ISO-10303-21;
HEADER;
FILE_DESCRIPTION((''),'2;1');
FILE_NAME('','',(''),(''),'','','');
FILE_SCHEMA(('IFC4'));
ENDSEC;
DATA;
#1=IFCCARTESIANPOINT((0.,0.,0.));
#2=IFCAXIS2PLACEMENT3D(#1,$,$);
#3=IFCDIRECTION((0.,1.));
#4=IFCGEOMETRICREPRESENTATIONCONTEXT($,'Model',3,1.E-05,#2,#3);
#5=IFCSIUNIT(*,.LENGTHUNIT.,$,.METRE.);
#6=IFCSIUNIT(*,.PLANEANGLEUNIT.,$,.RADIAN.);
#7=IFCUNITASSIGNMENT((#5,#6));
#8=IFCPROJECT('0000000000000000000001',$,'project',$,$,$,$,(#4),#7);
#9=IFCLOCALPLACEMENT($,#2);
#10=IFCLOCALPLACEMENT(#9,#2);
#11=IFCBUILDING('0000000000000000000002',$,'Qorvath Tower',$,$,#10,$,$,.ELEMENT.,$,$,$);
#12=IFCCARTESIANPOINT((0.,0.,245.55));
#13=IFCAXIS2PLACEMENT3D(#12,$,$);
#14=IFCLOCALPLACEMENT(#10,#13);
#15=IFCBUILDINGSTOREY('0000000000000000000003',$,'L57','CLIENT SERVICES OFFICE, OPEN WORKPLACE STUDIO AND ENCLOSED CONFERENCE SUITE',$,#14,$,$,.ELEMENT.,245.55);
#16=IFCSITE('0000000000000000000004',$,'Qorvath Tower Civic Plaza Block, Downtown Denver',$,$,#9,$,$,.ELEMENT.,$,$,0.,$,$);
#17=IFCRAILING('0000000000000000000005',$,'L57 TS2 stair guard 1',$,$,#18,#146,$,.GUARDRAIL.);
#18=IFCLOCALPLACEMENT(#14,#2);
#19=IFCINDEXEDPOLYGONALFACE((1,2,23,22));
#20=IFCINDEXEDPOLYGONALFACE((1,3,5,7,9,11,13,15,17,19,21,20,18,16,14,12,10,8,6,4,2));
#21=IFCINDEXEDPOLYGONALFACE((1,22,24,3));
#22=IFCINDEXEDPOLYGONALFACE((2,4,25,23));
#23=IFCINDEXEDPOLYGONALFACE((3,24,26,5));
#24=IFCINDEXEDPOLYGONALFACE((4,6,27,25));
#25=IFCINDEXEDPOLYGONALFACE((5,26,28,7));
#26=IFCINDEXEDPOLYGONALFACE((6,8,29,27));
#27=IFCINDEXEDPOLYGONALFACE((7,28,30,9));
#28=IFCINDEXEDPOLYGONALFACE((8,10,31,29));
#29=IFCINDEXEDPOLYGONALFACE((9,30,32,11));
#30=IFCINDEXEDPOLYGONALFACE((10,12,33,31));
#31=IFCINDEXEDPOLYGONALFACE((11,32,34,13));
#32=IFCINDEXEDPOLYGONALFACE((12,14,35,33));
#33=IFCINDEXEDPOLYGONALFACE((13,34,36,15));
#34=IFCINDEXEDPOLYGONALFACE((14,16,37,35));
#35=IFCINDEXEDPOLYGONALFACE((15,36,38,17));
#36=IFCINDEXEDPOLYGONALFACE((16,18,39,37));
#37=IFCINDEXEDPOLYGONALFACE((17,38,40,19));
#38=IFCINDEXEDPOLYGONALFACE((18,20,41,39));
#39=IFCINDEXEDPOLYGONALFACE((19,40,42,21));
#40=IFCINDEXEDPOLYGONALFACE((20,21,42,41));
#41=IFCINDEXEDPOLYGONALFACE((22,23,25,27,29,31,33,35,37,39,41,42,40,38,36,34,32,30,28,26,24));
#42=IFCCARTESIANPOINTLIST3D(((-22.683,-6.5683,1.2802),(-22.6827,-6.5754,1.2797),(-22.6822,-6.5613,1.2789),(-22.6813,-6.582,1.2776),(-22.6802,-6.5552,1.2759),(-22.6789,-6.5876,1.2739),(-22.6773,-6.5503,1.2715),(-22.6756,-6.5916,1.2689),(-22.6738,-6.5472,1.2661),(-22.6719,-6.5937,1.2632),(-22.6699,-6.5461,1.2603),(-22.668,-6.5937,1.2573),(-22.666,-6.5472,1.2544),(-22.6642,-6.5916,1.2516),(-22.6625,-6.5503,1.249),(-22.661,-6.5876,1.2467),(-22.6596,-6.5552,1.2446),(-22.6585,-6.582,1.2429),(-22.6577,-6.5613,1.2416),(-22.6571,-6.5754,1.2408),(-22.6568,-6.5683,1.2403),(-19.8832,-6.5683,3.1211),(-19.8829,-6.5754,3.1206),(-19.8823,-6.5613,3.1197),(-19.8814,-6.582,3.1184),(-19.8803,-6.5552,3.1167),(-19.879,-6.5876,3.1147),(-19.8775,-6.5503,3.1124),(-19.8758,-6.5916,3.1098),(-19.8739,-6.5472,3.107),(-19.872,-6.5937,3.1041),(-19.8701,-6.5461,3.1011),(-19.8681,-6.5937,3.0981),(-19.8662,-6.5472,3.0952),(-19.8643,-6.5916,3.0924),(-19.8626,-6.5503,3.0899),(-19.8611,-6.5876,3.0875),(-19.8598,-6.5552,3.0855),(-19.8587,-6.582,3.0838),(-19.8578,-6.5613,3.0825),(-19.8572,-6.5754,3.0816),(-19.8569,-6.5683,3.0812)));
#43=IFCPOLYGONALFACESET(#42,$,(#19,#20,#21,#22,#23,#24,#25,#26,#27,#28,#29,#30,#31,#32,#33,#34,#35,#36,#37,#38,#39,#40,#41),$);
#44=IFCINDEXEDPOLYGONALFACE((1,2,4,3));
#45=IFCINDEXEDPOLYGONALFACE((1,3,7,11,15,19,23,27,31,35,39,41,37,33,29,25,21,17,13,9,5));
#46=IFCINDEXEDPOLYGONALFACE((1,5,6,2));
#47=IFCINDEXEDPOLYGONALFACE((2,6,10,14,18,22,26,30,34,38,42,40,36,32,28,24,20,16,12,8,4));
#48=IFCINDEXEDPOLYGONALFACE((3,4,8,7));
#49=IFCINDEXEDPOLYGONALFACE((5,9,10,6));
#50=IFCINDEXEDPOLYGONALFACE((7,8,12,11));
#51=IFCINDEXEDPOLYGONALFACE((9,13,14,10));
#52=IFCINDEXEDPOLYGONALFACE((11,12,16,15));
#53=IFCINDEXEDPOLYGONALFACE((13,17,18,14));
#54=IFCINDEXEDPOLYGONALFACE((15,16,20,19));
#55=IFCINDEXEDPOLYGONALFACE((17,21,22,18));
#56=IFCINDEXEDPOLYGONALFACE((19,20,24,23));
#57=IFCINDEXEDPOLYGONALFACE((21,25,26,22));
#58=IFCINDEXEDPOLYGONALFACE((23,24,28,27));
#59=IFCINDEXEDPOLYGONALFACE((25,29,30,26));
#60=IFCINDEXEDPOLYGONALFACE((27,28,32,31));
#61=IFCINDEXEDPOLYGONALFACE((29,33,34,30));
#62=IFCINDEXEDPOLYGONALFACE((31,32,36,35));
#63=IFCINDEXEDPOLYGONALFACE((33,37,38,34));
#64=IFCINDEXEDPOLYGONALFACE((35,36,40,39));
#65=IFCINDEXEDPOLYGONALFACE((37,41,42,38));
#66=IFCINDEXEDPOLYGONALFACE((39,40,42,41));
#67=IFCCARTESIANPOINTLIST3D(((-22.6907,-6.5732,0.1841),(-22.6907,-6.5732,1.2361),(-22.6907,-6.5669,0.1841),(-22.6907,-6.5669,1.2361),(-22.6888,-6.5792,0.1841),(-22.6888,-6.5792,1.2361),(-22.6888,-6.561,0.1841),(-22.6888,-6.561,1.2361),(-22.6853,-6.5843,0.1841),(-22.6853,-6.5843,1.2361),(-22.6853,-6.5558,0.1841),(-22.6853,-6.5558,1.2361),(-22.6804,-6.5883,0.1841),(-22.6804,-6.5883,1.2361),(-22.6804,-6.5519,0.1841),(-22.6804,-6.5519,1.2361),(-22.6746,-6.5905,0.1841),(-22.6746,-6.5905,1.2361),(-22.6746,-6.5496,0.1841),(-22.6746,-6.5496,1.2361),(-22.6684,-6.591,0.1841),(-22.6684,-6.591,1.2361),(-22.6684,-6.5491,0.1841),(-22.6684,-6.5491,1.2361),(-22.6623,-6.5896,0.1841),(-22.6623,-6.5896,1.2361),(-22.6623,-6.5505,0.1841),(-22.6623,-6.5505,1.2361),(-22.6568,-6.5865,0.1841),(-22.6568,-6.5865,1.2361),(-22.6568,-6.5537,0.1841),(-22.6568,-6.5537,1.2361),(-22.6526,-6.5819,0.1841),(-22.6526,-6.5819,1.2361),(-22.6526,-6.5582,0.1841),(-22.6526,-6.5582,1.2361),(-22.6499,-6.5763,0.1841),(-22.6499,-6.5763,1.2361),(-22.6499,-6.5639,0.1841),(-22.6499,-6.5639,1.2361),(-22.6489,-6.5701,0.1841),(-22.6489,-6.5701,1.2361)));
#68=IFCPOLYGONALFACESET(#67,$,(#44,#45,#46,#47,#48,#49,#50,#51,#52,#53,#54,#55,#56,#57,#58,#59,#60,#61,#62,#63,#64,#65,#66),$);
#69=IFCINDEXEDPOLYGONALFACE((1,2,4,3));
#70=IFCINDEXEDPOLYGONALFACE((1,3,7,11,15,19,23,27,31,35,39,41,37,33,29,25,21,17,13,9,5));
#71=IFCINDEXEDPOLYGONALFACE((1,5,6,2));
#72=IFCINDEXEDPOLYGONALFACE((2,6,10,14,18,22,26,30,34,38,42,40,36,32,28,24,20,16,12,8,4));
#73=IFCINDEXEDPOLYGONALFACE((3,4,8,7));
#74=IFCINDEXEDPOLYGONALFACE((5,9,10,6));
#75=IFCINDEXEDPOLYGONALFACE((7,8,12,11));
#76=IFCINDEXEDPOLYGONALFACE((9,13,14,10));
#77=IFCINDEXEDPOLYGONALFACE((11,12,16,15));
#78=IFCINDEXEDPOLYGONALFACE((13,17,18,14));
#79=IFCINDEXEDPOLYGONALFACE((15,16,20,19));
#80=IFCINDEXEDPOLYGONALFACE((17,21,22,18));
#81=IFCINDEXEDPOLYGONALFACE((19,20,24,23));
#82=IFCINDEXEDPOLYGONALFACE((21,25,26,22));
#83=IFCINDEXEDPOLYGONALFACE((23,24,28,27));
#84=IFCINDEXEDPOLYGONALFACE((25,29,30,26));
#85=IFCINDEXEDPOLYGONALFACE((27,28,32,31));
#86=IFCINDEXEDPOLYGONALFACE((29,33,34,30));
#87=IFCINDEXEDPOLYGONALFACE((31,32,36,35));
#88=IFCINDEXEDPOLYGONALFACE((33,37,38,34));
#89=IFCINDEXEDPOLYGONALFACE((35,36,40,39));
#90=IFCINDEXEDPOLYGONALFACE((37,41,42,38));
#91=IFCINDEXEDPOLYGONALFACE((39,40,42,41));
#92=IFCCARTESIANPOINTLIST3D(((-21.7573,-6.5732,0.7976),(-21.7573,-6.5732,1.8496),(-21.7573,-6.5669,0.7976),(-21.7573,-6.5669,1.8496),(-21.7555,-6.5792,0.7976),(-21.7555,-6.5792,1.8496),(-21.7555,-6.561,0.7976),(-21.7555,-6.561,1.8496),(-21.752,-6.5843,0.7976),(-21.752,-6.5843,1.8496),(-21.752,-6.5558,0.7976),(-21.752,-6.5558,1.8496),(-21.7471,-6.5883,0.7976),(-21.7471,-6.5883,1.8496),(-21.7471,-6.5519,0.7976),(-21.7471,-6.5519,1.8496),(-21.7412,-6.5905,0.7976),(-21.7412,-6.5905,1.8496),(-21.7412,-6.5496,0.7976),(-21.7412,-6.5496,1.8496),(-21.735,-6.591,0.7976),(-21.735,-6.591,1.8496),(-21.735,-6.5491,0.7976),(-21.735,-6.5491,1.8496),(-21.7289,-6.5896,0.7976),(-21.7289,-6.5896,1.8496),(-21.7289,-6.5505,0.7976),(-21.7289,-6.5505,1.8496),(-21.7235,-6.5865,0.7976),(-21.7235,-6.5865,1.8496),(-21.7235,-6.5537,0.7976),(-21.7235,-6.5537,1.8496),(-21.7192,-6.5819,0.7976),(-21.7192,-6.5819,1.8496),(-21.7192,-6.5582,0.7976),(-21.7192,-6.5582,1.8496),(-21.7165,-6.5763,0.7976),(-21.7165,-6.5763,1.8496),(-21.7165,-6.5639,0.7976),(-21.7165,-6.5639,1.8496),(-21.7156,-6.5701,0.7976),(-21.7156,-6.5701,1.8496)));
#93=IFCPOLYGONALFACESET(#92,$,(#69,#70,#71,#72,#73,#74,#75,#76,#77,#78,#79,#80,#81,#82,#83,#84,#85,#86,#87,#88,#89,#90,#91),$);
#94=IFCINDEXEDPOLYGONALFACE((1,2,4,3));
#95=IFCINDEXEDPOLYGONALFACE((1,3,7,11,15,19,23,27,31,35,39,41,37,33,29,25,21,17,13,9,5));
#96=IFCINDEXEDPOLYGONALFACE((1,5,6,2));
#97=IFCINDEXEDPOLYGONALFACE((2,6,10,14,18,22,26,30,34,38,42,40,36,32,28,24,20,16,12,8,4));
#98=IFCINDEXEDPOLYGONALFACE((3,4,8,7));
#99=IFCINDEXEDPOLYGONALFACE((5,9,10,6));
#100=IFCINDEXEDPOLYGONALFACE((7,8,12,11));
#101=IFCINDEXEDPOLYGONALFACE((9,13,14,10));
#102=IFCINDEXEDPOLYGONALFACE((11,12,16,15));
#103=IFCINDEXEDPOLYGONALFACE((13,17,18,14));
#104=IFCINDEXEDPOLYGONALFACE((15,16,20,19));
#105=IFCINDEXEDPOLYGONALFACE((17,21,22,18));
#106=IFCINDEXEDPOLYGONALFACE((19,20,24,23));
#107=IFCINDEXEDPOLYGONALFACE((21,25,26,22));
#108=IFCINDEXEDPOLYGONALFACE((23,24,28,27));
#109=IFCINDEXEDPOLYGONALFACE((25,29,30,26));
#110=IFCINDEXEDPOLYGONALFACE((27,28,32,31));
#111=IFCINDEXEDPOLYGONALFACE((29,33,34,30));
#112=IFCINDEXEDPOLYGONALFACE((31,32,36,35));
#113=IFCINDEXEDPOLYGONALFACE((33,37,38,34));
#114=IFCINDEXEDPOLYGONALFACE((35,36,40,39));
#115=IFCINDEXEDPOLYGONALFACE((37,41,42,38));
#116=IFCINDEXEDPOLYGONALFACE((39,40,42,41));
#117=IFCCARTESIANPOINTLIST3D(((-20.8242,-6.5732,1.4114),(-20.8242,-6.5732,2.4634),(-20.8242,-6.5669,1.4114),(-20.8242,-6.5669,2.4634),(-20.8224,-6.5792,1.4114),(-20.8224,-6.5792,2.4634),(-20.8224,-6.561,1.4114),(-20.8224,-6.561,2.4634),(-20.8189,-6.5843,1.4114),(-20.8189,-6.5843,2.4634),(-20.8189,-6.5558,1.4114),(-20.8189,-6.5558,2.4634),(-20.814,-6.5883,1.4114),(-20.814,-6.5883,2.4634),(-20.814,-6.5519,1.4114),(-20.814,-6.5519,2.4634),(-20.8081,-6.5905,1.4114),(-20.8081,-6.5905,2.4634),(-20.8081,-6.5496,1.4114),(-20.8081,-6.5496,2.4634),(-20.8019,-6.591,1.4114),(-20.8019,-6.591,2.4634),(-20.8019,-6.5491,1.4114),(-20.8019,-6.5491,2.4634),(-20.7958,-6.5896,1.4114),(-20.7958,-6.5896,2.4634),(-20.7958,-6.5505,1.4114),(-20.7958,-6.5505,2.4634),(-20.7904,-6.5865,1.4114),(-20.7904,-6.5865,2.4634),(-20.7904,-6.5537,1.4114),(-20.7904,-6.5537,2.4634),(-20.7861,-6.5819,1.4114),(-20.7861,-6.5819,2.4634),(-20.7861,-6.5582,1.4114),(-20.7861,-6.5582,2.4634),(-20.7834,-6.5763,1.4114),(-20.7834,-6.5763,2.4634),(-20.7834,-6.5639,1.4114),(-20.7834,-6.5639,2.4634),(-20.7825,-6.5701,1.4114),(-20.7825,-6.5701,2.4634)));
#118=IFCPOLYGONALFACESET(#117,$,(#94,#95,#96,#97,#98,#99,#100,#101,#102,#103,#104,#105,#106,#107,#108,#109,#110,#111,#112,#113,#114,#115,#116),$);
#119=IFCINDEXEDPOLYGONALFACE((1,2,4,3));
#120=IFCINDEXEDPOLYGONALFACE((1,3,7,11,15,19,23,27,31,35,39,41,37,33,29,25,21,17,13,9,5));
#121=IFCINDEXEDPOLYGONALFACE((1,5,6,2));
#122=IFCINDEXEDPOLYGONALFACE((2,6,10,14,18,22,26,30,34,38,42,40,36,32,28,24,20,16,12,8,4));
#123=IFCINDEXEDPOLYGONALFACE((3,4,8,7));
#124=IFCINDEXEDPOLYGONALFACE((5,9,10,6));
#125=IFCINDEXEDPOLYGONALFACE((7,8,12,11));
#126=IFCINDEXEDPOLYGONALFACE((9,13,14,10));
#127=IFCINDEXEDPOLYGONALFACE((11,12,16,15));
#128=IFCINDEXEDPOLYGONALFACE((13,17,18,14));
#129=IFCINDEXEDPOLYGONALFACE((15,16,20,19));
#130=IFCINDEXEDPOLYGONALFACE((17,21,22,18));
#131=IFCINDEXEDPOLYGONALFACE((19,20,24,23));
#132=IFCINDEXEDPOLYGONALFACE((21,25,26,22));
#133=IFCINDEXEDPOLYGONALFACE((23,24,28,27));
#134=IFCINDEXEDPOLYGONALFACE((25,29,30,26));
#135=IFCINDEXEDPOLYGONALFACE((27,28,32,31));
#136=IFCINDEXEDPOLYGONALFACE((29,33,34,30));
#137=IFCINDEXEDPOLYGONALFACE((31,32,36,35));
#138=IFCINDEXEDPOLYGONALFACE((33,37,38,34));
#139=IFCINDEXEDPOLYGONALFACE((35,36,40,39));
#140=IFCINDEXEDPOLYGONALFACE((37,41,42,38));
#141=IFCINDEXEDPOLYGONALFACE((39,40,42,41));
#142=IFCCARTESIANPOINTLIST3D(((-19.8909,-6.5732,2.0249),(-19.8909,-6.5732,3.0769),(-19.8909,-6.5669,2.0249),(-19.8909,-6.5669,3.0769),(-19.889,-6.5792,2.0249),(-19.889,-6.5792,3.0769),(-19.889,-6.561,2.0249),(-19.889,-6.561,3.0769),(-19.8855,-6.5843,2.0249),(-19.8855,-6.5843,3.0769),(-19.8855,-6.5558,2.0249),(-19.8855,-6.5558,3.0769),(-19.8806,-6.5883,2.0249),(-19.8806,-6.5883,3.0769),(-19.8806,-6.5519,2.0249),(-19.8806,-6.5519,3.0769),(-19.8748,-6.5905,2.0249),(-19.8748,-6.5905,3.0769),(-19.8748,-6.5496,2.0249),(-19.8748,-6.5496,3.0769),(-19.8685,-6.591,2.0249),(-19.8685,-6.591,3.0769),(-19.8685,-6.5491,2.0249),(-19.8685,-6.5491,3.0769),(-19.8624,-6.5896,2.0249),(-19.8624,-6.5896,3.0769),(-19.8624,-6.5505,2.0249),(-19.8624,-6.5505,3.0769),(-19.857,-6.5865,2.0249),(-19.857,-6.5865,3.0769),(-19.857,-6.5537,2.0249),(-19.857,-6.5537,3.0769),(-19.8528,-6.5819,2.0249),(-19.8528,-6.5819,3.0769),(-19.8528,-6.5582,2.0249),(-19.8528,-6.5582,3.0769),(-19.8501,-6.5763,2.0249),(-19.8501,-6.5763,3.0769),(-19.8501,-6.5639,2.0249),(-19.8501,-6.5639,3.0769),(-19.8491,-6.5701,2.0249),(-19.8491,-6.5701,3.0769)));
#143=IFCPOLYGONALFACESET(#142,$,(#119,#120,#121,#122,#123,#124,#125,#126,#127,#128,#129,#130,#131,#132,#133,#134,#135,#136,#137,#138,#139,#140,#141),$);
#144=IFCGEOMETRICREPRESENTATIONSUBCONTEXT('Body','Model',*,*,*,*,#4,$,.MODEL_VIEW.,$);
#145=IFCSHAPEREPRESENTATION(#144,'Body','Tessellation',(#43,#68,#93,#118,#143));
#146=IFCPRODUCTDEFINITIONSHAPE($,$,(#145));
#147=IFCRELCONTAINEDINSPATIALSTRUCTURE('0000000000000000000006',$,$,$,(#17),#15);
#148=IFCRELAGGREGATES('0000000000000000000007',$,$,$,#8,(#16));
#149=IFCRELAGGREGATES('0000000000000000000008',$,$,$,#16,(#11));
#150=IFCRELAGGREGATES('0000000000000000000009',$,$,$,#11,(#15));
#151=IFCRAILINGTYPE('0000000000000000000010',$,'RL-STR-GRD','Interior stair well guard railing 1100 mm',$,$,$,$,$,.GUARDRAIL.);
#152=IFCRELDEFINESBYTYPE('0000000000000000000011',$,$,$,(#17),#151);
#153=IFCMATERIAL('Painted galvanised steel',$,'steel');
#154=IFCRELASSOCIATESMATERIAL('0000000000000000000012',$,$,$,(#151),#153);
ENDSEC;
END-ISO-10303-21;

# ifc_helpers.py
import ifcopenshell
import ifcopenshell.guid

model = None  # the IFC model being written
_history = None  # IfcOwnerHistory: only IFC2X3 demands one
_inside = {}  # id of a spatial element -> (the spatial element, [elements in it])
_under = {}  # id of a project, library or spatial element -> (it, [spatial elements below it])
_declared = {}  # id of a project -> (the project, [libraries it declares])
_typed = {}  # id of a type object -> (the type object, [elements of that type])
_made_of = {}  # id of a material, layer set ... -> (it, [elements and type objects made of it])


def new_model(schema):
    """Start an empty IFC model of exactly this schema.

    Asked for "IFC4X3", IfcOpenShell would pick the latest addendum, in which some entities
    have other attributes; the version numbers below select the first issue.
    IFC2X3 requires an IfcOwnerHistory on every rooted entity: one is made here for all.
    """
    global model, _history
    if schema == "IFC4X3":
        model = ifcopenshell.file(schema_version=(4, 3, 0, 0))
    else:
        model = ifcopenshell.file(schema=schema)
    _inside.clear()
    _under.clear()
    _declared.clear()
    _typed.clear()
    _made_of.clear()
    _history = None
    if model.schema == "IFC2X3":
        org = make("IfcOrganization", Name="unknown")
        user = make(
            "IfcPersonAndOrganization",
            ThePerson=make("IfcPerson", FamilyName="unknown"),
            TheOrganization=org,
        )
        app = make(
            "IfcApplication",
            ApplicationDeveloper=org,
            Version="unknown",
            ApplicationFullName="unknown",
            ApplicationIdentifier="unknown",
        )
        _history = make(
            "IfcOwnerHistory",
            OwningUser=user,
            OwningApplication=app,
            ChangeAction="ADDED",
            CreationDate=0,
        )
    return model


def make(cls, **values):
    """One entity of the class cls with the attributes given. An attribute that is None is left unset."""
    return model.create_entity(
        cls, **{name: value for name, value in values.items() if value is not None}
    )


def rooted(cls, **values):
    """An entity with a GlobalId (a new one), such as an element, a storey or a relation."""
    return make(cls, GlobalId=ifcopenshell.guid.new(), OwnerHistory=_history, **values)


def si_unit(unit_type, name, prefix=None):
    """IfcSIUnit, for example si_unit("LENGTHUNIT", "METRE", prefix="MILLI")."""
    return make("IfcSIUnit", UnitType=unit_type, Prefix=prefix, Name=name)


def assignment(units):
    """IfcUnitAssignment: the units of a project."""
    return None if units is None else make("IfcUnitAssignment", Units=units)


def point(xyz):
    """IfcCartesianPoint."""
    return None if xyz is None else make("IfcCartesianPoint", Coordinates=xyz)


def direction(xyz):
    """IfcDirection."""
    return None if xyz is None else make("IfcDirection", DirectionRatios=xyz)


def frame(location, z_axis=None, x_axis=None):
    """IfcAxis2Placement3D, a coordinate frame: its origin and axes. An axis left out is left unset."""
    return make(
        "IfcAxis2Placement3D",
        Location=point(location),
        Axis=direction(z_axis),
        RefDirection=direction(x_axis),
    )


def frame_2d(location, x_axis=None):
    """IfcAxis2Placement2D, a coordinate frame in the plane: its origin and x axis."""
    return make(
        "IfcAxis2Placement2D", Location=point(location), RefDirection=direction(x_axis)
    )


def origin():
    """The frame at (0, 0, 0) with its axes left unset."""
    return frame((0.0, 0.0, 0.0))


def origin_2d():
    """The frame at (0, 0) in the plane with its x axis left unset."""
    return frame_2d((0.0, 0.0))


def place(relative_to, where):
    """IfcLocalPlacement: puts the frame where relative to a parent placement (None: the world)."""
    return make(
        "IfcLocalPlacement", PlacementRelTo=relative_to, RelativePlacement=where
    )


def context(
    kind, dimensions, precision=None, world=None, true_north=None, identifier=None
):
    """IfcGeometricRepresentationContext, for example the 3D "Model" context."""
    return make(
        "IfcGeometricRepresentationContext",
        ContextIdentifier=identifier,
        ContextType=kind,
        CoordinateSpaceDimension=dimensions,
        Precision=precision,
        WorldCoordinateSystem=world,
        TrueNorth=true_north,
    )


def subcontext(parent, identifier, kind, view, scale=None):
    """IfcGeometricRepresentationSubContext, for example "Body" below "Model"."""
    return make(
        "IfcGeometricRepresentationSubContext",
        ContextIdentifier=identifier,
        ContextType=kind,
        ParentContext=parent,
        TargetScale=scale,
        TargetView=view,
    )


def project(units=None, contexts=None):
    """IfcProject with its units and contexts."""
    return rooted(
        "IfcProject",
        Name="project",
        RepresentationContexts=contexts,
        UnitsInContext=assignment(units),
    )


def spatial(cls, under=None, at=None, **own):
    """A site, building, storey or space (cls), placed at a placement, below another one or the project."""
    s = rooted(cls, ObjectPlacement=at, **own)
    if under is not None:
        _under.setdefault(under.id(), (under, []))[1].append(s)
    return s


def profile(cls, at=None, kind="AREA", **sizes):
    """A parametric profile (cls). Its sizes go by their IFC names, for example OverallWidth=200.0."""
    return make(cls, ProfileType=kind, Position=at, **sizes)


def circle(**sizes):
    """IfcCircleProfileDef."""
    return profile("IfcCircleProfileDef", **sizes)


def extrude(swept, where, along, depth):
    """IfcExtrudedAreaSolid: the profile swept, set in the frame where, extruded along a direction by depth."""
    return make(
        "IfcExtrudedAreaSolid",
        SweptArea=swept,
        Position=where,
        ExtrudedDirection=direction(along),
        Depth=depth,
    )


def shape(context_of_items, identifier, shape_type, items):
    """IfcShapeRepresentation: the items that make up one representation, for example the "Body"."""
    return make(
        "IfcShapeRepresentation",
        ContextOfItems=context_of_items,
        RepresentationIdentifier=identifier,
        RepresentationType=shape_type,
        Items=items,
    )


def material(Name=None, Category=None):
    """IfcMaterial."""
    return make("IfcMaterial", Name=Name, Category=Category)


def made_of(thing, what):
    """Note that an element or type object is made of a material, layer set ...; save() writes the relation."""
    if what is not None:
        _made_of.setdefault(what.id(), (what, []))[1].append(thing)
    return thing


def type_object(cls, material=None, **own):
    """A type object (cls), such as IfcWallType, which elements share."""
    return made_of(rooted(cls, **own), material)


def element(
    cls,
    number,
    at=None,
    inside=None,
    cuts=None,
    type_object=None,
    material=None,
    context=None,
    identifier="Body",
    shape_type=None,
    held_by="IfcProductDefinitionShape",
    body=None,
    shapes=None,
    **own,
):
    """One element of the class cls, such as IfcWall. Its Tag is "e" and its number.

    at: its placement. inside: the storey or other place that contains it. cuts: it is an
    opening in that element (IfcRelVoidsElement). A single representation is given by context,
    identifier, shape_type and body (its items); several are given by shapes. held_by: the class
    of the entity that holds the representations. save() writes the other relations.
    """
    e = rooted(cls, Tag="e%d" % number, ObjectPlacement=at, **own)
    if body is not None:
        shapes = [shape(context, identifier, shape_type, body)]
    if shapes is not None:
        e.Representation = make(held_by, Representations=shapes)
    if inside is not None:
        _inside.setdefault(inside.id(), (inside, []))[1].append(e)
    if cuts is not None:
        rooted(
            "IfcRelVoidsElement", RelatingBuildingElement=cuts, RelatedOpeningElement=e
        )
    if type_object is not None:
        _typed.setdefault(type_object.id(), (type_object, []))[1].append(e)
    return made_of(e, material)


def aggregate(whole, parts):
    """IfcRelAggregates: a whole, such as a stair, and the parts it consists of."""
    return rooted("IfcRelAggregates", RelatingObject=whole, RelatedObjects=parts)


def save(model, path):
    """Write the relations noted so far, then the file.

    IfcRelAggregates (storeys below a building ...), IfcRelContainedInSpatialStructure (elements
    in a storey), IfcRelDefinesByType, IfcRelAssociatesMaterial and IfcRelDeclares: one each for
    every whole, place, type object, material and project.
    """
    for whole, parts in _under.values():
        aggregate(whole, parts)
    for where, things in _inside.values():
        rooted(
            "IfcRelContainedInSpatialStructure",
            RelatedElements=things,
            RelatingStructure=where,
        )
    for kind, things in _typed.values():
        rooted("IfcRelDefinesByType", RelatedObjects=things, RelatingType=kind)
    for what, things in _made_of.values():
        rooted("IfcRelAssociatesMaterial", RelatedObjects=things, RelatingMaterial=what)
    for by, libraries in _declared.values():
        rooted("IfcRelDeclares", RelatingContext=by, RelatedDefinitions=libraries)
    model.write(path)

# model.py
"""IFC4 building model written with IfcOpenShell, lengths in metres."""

from ifc_helpers import new_model, si_unit, direction, frame, origin, origin_2d, place, context, subcontext, project, spatial, circle, extrude, material, type_object, element, save


model = new_model("IFC4")

# Units and contexts
model_context = context("Model", 3, precision=1e-05, world=origin(), true_north=direction((0.0, 1.0)))
body_context = subcontext(model_context, "Body", "Model", "MODEL_VIEW")
ifc_project = project(units=[si_unit("LENGTHUNIT", "METRE"), si_unit("PLANEANGLEUNIT", "RADIAN")], contexts=[model_context])

# Site, building, storey
site_placement = place(None, origin())
site = spatial("IfcSite", under=ifc_project, at=site_placement, Name="Qorvath Tower Civic Plaza Block, Downtown Denver", CompositionType="ELEMENT", RefElevation=0.0)
building_placement = place(site_placement, origin())
building = spatial("IfcBuilding", under=site, at=building_placement, Name="Qorvath Tower", CompositionType="ELEMENT")
storey_placement = place(building_placement, frame((0.0, 0.0, 245.55)))
storey = spatial("IfcBuildingStorey", under=building, at=storey_placement, Name="L57", Description="CLIENT SERVICES OFFICE, OPEN WORKPLACE STUDIO AND ENCLOSED CONFERENCE SUITE", CompositionType="ELEMENT", Elevation=245.55)

# Railing
ifc_material_1 = material(Name="Painted galvanised steel", Category="steel")
railing_type = type_object("IfcRailingType", Name="RL-STR-GRD", Description="Interior stair well guard railing 1100 mm", PredefinedType="GUARDRAIL", material=ifc_material_1)
railing_1_placement = place(storey_placement, frame((-22.6699, -6.5701, 0.1841)))
element("IfcRailing", 1, at=railing_1_placement, inside=storey, type_object=railing_type, Name="L57 TS2 stair guard 1", PredefinedType="GUARDRAIL", context=body_context, shape_type="SweptSolid", body=[
    extrude(circle(Radius=0.0239, at=origin_2d()), frame((0.0, 0.0, 1.0762), z_axis=(0.835576, 0.0, 0.549376), x_axis=(0.0, 1.0, 0.0)), (0.0, 0.0, 1.0), 3.3508),
    extrude(circle(Radius=0.021, at=origin_2d()), origin(), (0.0, 0.0, 1.0), 1.052),
    extrude(circle(Radius=0.021, at=origin_2d()), frame((0.9333, 0.0, 0.6135)), (0.0, 0.0, 1.0), 1.052),
    extrude(circle(Radius=0.021, at=origin_2d()), frame((1.8665, 0.0, 1.2273)), (0.0, 0.0, 1.0), 1.052),
    extrude(circle(Radius=0.021, at=origin_2d()), frame((2.7998, 0.0, 1.8408)), (0.0, 0.0, 1.0), 1.052),
])

save(model, "model.ifc")
